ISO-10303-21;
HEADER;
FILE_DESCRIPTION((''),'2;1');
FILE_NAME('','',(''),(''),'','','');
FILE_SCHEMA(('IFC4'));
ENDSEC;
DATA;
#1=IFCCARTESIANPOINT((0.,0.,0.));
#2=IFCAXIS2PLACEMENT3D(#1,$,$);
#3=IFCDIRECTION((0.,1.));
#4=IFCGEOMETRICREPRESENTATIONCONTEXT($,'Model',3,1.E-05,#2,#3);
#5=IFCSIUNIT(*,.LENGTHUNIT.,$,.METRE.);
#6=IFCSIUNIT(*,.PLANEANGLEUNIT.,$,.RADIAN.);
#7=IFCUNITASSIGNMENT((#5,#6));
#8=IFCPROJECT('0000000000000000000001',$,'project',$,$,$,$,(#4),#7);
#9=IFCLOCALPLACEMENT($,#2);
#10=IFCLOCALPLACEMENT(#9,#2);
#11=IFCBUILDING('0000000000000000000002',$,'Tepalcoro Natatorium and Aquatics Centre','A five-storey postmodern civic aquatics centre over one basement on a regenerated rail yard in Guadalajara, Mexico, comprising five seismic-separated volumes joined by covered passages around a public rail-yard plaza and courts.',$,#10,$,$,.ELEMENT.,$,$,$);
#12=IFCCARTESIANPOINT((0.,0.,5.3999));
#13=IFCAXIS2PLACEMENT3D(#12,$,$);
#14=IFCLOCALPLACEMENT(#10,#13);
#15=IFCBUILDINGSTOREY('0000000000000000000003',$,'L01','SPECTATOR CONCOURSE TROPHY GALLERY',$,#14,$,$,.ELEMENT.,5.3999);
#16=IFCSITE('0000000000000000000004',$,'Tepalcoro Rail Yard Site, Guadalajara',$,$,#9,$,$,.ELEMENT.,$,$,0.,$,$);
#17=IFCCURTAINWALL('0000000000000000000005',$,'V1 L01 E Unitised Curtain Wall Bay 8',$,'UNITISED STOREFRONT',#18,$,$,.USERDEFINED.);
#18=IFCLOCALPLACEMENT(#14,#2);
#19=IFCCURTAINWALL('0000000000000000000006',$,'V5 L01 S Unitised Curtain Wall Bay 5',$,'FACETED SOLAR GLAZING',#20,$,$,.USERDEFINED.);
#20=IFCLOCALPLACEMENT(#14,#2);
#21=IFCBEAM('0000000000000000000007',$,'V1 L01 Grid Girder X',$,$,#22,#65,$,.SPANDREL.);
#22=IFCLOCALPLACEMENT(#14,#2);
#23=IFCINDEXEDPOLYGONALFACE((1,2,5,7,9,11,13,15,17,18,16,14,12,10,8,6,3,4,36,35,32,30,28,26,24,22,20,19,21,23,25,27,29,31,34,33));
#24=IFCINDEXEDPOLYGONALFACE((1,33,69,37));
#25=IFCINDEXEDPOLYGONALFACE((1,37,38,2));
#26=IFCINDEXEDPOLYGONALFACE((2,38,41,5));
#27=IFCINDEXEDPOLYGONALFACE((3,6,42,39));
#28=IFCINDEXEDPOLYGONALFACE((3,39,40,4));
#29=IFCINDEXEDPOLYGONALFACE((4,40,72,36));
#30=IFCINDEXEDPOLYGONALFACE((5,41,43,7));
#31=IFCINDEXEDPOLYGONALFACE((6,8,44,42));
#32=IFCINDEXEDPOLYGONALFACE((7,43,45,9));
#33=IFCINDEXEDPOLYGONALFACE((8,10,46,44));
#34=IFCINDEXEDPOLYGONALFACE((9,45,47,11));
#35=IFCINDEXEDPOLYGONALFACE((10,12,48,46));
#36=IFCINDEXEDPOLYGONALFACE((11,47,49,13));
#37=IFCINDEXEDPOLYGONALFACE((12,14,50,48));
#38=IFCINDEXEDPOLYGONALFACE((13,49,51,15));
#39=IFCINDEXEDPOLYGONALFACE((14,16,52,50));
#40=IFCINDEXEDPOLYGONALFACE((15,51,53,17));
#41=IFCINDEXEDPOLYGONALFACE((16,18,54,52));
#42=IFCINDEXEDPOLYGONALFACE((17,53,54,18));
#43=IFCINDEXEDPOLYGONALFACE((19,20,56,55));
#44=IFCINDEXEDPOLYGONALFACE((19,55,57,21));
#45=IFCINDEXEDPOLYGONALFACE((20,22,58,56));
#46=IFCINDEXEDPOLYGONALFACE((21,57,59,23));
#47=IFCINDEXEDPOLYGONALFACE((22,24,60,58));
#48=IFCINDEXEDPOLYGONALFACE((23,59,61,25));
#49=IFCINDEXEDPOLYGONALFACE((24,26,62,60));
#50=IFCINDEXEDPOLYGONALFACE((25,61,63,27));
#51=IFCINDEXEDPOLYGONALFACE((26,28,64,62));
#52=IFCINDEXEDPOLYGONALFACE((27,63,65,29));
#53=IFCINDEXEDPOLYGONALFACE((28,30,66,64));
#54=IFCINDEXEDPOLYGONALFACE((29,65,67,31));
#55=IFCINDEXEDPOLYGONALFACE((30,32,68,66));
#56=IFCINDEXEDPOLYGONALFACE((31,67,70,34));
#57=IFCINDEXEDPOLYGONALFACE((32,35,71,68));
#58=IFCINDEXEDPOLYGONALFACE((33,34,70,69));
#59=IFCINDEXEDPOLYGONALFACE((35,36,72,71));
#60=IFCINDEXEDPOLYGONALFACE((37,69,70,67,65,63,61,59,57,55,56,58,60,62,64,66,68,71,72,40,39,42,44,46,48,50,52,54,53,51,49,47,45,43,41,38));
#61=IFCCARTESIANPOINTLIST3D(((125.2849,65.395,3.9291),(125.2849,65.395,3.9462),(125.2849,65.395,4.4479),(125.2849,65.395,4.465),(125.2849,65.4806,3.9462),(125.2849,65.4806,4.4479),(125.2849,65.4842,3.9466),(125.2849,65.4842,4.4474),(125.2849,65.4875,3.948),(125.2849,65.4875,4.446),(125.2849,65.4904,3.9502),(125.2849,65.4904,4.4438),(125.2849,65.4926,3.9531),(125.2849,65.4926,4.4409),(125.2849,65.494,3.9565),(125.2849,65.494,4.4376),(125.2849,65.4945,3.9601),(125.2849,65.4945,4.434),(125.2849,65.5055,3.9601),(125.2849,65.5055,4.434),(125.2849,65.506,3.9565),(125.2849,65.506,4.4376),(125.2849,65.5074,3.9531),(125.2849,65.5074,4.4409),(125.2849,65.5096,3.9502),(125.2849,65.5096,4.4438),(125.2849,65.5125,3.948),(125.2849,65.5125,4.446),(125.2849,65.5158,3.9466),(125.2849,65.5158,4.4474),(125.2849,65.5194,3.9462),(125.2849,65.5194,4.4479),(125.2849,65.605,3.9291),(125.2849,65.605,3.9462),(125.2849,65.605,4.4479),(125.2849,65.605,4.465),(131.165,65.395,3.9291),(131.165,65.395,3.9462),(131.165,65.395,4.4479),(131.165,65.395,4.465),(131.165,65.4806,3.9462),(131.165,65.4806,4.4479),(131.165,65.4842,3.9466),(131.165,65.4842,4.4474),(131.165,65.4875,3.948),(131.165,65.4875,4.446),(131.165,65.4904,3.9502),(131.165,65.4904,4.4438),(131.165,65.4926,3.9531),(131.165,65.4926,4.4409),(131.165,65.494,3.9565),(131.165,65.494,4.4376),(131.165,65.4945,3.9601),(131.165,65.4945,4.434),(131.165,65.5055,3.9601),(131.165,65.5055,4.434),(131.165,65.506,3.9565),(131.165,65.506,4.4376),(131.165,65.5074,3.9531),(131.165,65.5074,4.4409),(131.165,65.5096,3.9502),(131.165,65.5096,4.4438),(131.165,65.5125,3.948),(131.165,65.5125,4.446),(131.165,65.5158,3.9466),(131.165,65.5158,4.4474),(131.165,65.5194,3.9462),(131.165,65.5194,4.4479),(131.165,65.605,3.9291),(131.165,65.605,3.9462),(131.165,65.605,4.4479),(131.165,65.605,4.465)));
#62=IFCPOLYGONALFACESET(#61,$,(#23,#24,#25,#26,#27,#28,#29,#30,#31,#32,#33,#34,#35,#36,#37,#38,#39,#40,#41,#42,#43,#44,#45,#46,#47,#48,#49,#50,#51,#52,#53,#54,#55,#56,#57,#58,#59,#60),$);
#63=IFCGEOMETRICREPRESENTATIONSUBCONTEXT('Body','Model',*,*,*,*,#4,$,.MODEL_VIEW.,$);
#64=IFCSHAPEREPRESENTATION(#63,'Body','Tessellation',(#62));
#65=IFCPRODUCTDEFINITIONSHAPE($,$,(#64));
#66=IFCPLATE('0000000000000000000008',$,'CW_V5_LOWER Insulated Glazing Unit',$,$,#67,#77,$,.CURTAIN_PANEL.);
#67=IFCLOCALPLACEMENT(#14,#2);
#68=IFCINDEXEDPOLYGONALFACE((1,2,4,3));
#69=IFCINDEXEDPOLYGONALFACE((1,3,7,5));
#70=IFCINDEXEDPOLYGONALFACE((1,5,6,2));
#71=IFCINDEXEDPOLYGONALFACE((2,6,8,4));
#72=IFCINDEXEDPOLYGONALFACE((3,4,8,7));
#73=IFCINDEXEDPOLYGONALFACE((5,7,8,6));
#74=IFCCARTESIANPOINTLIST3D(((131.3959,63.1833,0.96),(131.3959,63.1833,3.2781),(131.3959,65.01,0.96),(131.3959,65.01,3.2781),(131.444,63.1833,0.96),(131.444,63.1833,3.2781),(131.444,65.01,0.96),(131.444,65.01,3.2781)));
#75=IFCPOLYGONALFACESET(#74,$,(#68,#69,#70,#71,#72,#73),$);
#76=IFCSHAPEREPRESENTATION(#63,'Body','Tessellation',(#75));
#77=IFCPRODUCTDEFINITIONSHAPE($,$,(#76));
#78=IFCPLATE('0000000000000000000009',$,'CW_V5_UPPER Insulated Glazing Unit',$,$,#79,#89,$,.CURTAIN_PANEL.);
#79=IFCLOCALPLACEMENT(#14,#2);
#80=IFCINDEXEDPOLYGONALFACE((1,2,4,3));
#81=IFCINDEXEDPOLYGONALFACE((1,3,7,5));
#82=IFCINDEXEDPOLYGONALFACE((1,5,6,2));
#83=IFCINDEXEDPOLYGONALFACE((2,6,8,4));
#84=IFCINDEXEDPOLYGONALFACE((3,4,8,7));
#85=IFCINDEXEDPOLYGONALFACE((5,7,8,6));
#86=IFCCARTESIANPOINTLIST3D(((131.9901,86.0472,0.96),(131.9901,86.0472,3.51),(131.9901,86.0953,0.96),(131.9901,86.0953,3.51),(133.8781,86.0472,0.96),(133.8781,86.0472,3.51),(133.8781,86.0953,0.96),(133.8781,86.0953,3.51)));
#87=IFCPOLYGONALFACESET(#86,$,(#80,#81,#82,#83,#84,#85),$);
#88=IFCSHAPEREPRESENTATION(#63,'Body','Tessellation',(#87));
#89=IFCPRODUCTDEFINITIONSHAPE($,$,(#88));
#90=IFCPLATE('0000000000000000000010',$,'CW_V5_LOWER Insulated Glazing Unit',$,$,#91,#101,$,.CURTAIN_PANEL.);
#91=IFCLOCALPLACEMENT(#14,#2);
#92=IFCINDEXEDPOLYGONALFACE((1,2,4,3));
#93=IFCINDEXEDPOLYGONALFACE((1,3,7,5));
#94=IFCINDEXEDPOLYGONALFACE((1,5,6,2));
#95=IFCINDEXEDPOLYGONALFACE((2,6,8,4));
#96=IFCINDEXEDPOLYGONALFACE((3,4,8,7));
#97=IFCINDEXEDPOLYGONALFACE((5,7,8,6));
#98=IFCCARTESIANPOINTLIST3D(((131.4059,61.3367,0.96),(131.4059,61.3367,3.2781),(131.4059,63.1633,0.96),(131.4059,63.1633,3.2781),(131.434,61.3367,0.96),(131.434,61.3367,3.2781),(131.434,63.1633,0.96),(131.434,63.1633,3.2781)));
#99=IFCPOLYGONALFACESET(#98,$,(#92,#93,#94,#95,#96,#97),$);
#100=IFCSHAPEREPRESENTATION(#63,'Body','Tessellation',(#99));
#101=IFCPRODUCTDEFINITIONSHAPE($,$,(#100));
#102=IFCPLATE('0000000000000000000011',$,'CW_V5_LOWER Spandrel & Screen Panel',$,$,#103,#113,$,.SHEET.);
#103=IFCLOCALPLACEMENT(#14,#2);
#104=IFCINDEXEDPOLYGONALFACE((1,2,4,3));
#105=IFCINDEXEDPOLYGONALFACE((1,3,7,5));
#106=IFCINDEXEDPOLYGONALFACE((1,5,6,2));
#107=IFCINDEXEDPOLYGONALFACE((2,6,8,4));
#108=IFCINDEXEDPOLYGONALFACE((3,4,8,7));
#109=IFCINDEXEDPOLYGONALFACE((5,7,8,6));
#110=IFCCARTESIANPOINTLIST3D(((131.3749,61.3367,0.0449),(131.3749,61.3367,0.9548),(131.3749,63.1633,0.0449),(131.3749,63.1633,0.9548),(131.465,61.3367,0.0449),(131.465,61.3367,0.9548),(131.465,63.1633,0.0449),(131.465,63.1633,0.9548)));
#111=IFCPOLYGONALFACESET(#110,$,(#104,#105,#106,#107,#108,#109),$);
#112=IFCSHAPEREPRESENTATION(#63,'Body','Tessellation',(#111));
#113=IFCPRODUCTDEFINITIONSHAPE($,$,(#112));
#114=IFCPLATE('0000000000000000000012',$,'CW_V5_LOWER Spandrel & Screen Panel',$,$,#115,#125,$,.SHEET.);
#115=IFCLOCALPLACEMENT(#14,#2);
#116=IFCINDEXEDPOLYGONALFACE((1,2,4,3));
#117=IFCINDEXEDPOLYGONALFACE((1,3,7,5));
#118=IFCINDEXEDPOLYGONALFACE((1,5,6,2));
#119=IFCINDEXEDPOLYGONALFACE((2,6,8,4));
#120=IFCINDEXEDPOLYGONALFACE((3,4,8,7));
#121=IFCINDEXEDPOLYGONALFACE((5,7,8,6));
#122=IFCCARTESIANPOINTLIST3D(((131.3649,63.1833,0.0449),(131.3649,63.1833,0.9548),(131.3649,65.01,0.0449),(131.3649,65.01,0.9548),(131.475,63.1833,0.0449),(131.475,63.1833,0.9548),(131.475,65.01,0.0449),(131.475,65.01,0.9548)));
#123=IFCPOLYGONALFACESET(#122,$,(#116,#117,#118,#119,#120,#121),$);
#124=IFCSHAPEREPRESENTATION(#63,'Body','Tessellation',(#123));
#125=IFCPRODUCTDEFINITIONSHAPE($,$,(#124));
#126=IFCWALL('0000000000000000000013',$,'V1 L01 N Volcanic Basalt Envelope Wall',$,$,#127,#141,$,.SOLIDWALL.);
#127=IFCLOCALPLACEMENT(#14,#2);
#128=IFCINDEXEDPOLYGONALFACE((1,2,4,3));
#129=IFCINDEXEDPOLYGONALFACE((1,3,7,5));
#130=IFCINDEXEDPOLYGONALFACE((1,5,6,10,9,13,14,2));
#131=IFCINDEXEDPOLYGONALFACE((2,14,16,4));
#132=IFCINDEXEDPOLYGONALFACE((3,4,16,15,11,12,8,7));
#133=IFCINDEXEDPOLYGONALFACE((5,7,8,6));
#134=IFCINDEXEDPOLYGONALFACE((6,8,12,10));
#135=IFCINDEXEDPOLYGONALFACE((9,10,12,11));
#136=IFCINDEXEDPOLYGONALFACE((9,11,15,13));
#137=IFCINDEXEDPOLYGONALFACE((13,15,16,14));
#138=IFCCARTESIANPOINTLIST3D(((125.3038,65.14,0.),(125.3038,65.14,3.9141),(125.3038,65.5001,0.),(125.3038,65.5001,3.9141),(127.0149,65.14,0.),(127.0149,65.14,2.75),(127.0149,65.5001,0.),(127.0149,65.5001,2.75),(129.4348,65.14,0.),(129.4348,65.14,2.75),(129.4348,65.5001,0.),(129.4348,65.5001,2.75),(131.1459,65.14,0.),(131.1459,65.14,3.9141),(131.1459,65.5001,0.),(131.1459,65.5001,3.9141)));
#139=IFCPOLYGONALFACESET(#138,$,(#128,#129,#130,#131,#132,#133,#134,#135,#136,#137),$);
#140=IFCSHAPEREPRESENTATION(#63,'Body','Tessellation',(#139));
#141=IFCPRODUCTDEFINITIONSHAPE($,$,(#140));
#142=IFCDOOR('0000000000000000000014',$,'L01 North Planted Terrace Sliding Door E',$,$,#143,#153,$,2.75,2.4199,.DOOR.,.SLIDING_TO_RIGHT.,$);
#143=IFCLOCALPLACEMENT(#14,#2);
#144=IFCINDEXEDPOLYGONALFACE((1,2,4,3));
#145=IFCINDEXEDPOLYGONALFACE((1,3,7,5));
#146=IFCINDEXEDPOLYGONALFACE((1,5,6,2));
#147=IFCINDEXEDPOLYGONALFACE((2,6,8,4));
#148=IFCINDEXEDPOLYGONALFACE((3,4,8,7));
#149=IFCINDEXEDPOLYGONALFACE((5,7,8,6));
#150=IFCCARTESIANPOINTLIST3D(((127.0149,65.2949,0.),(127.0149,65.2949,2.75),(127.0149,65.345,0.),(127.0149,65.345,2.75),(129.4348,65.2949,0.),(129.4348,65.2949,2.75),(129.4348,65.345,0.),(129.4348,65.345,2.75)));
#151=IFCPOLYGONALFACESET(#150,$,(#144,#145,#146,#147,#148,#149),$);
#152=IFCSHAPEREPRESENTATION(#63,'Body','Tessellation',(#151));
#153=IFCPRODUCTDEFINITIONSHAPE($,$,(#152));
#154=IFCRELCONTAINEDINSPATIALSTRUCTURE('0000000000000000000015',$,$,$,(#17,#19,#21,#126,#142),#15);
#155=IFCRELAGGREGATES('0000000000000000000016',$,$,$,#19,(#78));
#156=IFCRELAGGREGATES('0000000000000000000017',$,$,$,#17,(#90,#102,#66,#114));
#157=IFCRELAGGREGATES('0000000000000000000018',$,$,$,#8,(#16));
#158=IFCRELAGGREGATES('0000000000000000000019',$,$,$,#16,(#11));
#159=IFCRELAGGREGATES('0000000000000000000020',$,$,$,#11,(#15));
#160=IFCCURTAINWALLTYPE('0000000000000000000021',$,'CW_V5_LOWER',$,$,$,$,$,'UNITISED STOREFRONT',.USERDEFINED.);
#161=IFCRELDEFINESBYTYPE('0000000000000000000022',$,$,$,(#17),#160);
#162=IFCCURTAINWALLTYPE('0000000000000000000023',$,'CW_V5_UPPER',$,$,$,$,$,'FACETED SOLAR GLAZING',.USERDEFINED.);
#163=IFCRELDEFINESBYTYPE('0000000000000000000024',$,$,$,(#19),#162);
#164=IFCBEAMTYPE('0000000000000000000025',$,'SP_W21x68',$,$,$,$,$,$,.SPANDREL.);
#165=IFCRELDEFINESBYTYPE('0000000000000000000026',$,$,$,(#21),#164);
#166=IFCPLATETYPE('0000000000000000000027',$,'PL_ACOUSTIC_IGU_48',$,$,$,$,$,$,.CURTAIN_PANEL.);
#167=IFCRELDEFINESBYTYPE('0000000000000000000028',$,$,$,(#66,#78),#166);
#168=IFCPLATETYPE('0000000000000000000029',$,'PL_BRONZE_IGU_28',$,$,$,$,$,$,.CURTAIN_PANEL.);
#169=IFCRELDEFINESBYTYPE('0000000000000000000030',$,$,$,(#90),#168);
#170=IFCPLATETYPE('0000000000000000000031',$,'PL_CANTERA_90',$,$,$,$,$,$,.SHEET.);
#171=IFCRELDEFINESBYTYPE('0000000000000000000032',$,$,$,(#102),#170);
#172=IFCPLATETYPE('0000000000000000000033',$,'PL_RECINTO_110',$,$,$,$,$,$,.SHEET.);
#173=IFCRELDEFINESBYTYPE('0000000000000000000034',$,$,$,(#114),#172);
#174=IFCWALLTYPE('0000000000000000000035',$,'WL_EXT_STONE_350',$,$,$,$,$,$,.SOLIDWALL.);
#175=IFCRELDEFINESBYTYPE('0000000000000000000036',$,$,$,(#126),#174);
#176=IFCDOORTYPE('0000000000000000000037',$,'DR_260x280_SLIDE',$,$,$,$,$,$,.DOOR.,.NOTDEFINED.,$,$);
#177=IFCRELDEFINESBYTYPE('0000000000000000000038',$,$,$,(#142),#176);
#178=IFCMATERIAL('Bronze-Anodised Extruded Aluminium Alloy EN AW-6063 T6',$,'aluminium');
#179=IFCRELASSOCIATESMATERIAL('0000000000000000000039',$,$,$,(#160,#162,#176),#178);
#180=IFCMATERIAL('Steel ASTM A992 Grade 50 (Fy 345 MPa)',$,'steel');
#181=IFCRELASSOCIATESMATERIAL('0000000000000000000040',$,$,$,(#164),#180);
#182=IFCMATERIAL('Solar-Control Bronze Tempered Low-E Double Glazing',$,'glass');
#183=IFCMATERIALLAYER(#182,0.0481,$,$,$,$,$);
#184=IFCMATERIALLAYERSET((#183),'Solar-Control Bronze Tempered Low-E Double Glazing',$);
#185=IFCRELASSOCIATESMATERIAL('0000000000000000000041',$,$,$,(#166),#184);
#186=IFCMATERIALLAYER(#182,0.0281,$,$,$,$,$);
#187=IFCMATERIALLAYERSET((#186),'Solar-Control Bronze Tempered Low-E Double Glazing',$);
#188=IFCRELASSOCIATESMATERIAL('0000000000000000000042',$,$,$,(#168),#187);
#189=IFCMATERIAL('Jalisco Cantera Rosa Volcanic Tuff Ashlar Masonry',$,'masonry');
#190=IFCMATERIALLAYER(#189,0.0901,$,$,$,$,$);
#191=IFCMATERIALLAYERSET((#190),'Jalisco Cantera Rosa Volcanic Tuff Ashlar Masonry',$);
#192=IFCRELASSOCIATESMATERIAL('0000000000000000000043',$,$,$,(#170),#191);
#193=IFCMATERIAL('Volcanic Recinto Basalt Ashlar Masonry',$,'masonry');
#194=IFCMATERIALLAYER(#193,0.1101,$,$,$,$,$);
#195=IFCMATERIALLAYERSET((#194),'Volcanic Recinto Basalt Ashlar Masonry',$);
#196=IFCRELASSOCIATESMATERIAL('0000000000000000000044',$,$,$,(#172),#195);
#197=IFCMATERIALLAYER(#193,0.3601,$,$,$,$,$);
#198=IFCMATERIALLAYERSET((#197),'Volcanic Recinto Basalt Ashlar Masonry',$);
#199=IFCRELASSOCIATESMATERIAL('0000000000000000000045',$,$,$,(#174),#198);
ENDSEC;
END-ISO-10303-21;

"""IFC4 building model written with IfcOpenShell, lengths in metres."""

from ifc_helpers import new_model, si_unit, direction, frame, frame_2d, origin, origin_2d, place, context, subcontext, project, spatial, rectangle, i_section, extrude, material, layer, layer_set, material_profile, profile_set, type_object, element, fill, aggregate, save


model = new_model("IFC4")

# Units and contexts
model_context = context("Model", 3, precision=1e-05, world=origin(), true_north=direction((0.0, 1.0)))
body_context = subcontext(model_context, "Body", "Model", "MODEL_VIEW")
ifc_project = project(units=[si_unit("LENGTHUNIT", "METRE"), si_unit("PLANEANGLEUNIT", "RADIAN")], contexts=[model_context])

# Site, building, storey
site_placement = place(None, origin())
site = spatial("IfcSite", under=ifc_project, at=site_placement, Name="Tepalcoro Rail Yard Site, Guadalajara", CompositionType="ELEMENT", RefElevation=0.0)
building_placement = place(site_placement, origin())
building = spatial("IfcBuilding", under=site, at=building_placement, Name="Tepalcoro Natatorium and Aquatics Centre", Description="A five-storey postmodern civic aquatics centre over one basement on a regenerated rail yard in Guadalajara, Mexico, comprising five seismic-separated volumes joined by covered passages around a public rail-yard plaza and courts.", CompositionType="ELEMENT")
storey_placement = place(building_placement, frame((0.0, 0.0, 5.3999)))
storey = spatial("IfcBuildingStorey", under=building, at=storey_placement, Name="L01", Description="SPECTATOR CONCOURSE TROPHY GALLERY", CompositionType="ELEMENT", Elevation=5.3999)

# Curtain wall
ifc_material_1 = material(Name="Bronze-Anodised Extruded Aluminium Alloy EN AW-6063 T6", Category="aluminium")
curtain_wall_type_1 = type_object("IfcCurtainWallType", Name="CW_V5_LOWER", ElementType="UNITISED STOREFRONT", PredefinedType="USERDEFINED", material=ifc_material_1)
curtain_wall_1_placement = place(storey_placement, origin())
curtain_wall_1 = element("IfcCurtainWall", 1, at=curtain_wall_1_placement, inside=storey, type_object=curtain_wall_type_1, Name="V1 L01 E Unitised Curtain Wall Bay 8", ObjectType="UNITISED STOREFRONT", PredefinedType="USERDEFINED")

# Curtain wall
curtain_wall_type_2 = type_object("IfcCurtainWallType", Name="CW_V5_UPPER", ElementType="FACETED SOLAR GLAZING", PredefinedType="USERDEFINED", material=ifc_material_1)
curtain_wall_2_placement = place(storey_placement, origin())
curtain_wall_2 = element("IfcCurtainWall", 2, at=curtain_wall_2_placement, inside=storey, type_object=curtain_wall_type_2, Name="V5 L01 S Unitised Curtain Wall Bay 5", ObjectType="FACETED SOLAR GLAZING", PredefinedType="USERDEFINED")

# Beam
ifc_material_2 = material(Name="Steel ASTM A992 Grade 50 (Fy 345 MPa)", Category="steel")
ifc_material_profile_1 = material_profile(ifc_material_2, i_section(OverallWidth=0.21, OverallDepth=0.5359, WebThickness=0.011, FlangeThickness=0.0171, FilletRadius=0.0139, at=origin_2d()), Name="W21X68")
ifc_profile_set_1 = profile_set([ifc_material_profile_1], Name="Steel ASTM A992 Grade 50 (Fy 345 MPa)")
beam_type_1 = type_object("IfcBeamType", Name="SP_W21x68", PredefinedType="SPANDREL", material=ifc_profile_set_1)
beam_1_placement = place(storey_placement, frame((125.2849, 65.5, 4.197), z_axis=(1.0, 0.0, 0.0), x_axis=(0.0, 1.0, 0.0)))
element("IfcBeam", 3, at=beam_1_placement, inside=storey, type_object=beam_type_1, Name="V1 L01 Grid Girder X", PredefinedType="SPANDREL", context=body_context, shape_type="SweptSolid", body=[
    extrude(i_section(OverallWidth=0.21, OverallDepth=0.5359, WebThickness=0.011, FlangeThickness=0.0171, FilletRadius=0.0139, at=origin_2d()), origin(), (0.0, 0.0, 1.0), 5.8801),
])

# Plates
ifc_material_3 = material(Name="Solar-Control Bronze Tempered Low-E Double Glazing", Category="glass")
ifc_layer_1 = layer(ifc_material_3, 0.0481)
ifc_layer_set_1 = layer_set([ifc_layer_1], Name="Solar-Control Bronze Tempered Low-E Double Glazing")
plate_type_1 = type_object("IfcPlateType", Name="PL_ACOUSTIC_IGU_48", PredefinedType="CURTAIN_PANEL", material=ifc_layer_set_1)
plate_1_placement = place(storey_placement, frame((131.4199, 64.0967, 0.96), z_axis=(0.0, 0.0, 1.0), x_axis=(1.0, 0.0, 0.0)))
plate_1 = element("IfcPlate", 4, at=plate_1_placement, type_object=plate_type_1, Name="CW_V5_LOWER Insulated Glazing Unit", PredefinedType="CURTAIN_PANEL", context=body_context, shape_type="SweptSolid", body=[
    extrude(rectangle(XDim=0.0481, YDim=1.8267, at=origin_2d()), origin(), (0.0, 0.0, 1.0), 2.3181),
])
plate_2_placement = place(storey_placement, frame((132.9341, 86.0713, 0.96), z_axis=(0.0, 0.0, 1.0), x_axis=(1.0, 0.0, 0.0)))
plate_2 = element("IfcPlate", 5, at=plate_2_placement, type_object=plate_type_1, Name="CW_V5_UPPER Insulated Glazing Unit", PredefinedType="CURTAIN_PANEL", context=body_context, shape_type="SweptSolid", body=[
    extrude(rectangle(XDim=1.8879, YDim=0.0481, at=origin_2d()), origin(), (0.0, 0.0, 1.0), 2.55),
])
aggregate(curtain_wall_2, [plate_2])
ifc_layer_2 = layer(ifc_material_3, 0.0281)
ifc_layer_set_2 = layer_set([ifc_layer_2], Name="Solar-Control Bronze Tempered Low-E Double Glazing")
plate_type_2 = type_object("IfcPlateType", Name="PL_BRONZE_IGU_28", PredefinedType="CURTAIN_PANEL", material=ifc_layer_set_2)
plate_3_placement = place(storey_placement, frame((131.4199, 62.25, 0.96), z_axis=(0.0, 0.0, 1.0), x_axis=(1.0, 0.0, 0.0)))
plate_3 = element("IfcPlate", 6, at=plate_3_placement, type_object=plate_type_2, Name="CW_V5_LOWER Insulated Glazing Unit", PredefinedType="CURTAIN_PANEL", context=body_context, shape_type="SweptSolid", body=[
    extrude(rectangle(XDim=0.0281, YDim=1.8267, at=origin_2d()), origin(), (0.0, 0.0, 1.0), 2.3181),
])
ifc_material_4 = material(Name="Jalisco Cantera Rosa Volcanic Tuff Ashlar Masonry", Category="masonry")
ifc_layer_3 = layer(ifc_material_4, 0.0901)
ifc_layer_set_3 = layer_set([ifc_layer_3], Name="Jalisco Cantera Rosa Volcanic Tuff Ashlar Masonry")
plate_type_3 = type_object("IfcPlateType", Name="PL_CANTERA_90", PredefinedType="SHEET", material=ifc_layer_set_3)
plate_4_placement = place(storey_placement, frame((131.4199, 62.25, 0.0449), z_axis=(0.0, 0.0, 1.0), x_axis=(1.0, 0.0, 0.0)))
plate_4 = element("IfcPlate", 7, at=plate_4_placement, type_object=plate_type_3, Name="CW_V5_LOWER Spandrel & Screen Panel", PredefinedType="SHEET", context=body_context, shape_type="SweptSolid", body=[
    extrude(rectangle(XDim=0.0901, YDim=1.8267, at=origin_2d()), origin(), (0.0, 0.0, 1.0), 0.9099),
])
ifc_material_5 = material(Name="Volcanic Recinto Basalt Ashlar Masonry", Category="masonry")
ifc_layer_4 = layer(ifc_material_5, 0.1101)
ifc_layer_set_4 = layer_set([ifc_layer_4], Name="Volcanic Recinto Basalt Ashlar Masonry")
plate_type_4 = type_object("IfcPlateType", Name="PL_RECINTO_110", PredefinedType="SHEET", material=ifc_layer_set_4)
plate_5_placement = place(storey_placement, frame((131.4199, 64.0967, 0.0449), z_axis=(0.0, 0.0, 1.0), x_axis=(1.0, 0.0, 0.0)))
plate_5 = element("IfcPlate", 8, at=plate_5_placement, type_object=plate_type_4, Name="CW_V5_LOWER Spandrel & Screen Panel", PredefinedType="SHEET", context=body_context, shape_type="SweptSolid", body=[
    extrude(rectangle(XDim=0.1101, YDim=1.8267, at=origin_2d()), origin(), (0.0, 0.0, 1.0), 0.9099),
])
aggregate(curtain_wall_1, [plate_3, plate_4, plate_1, plate_5])

# Wall, opening, door
ifc_layer_5 = layer(ifc_material_5, 0.3601)
ifc_layer_set_5 = layer_set([ifc_layer_5], Name="Volcanic Recinto Basalt Ashlar Masonry")
wall_type = type_object("IfcWallType", Name="WL_EXT_STONE_350", PredefinedType="SOLIDWALL", material=ifc_layer_set_5)
wall_placement = place(storey_placement, frame((125.304, 65.3201, 0.0), z_axis=(0.0, 0.0, 1.0), x_axis=(1.0, 0.0, 0.0)))
wall = element("IfcWall", 9, at=wall_placement, inside=storey, type_object=wall_type, Name="V1 L01 N Volcanic Basalt Envelope Wall", PredefinedType="SOLIDWALL", context=body_context, shape_type="SweptSolid", body=[
    extrude(rectangle(XDim=5.842, YDim=0.3601, at=frame_2d((2.9209, 0.0))), origin(), (0.0, 0.0, 1.0), 3.9141),
])
opening_placement = place(wall_placement, frame((1.7109, 0.0, 0.0)))
opening = element("IfcOpeningElement", 10, at=opening_placement, cuts=wall, PredefinedType="OPENING", context=body_context, shape_type="SweptSolid", body=[
    extrude(rectangle(XDim=2.4199, YDim=2.75, at=frame_2d((1.21, 1.375))), frame((0.0, 0.1919, 0.0), z_axis=(0.0, -1.0, 0.0), x_axis=(1.0, 0.0, 0.0)), (0.0, 0.0, 1.0), 0.384),
])
door_type = type_object("IfcDoorType", Name="DR_260x280_SLIDE", OperationType="NOTDEFINED", PredefinedType="DOOR", material=ifc_material_1)
door_placement = place(opening_placement, origin())
door = element("IfcDoor", 11, at=door_placement, inside=storey, type_object=door_type, Name="L01 North Planted Terrace Sliding Door E", OperationType="SLIDING_TO_RIGHT", OverallHeight=2.75, OverallWidth=2.4199, PredefinedType="DOOR", context=body_context, shape_type="SweptSolid", body=[
    extrude(rectangle(XDim=2.4199, YDim=2.75, at=frame_2d((1.21, 1.375))), frame((0.0, 0.0249, 0.0), z_axis=(0.0, -1.0, 0.0), x_axis=(1.0, 0.0, 0.0)), (0.0, 0.0, 1.0), 0.05),
])
fill(opening, door)

save(model, "model.ifc")
